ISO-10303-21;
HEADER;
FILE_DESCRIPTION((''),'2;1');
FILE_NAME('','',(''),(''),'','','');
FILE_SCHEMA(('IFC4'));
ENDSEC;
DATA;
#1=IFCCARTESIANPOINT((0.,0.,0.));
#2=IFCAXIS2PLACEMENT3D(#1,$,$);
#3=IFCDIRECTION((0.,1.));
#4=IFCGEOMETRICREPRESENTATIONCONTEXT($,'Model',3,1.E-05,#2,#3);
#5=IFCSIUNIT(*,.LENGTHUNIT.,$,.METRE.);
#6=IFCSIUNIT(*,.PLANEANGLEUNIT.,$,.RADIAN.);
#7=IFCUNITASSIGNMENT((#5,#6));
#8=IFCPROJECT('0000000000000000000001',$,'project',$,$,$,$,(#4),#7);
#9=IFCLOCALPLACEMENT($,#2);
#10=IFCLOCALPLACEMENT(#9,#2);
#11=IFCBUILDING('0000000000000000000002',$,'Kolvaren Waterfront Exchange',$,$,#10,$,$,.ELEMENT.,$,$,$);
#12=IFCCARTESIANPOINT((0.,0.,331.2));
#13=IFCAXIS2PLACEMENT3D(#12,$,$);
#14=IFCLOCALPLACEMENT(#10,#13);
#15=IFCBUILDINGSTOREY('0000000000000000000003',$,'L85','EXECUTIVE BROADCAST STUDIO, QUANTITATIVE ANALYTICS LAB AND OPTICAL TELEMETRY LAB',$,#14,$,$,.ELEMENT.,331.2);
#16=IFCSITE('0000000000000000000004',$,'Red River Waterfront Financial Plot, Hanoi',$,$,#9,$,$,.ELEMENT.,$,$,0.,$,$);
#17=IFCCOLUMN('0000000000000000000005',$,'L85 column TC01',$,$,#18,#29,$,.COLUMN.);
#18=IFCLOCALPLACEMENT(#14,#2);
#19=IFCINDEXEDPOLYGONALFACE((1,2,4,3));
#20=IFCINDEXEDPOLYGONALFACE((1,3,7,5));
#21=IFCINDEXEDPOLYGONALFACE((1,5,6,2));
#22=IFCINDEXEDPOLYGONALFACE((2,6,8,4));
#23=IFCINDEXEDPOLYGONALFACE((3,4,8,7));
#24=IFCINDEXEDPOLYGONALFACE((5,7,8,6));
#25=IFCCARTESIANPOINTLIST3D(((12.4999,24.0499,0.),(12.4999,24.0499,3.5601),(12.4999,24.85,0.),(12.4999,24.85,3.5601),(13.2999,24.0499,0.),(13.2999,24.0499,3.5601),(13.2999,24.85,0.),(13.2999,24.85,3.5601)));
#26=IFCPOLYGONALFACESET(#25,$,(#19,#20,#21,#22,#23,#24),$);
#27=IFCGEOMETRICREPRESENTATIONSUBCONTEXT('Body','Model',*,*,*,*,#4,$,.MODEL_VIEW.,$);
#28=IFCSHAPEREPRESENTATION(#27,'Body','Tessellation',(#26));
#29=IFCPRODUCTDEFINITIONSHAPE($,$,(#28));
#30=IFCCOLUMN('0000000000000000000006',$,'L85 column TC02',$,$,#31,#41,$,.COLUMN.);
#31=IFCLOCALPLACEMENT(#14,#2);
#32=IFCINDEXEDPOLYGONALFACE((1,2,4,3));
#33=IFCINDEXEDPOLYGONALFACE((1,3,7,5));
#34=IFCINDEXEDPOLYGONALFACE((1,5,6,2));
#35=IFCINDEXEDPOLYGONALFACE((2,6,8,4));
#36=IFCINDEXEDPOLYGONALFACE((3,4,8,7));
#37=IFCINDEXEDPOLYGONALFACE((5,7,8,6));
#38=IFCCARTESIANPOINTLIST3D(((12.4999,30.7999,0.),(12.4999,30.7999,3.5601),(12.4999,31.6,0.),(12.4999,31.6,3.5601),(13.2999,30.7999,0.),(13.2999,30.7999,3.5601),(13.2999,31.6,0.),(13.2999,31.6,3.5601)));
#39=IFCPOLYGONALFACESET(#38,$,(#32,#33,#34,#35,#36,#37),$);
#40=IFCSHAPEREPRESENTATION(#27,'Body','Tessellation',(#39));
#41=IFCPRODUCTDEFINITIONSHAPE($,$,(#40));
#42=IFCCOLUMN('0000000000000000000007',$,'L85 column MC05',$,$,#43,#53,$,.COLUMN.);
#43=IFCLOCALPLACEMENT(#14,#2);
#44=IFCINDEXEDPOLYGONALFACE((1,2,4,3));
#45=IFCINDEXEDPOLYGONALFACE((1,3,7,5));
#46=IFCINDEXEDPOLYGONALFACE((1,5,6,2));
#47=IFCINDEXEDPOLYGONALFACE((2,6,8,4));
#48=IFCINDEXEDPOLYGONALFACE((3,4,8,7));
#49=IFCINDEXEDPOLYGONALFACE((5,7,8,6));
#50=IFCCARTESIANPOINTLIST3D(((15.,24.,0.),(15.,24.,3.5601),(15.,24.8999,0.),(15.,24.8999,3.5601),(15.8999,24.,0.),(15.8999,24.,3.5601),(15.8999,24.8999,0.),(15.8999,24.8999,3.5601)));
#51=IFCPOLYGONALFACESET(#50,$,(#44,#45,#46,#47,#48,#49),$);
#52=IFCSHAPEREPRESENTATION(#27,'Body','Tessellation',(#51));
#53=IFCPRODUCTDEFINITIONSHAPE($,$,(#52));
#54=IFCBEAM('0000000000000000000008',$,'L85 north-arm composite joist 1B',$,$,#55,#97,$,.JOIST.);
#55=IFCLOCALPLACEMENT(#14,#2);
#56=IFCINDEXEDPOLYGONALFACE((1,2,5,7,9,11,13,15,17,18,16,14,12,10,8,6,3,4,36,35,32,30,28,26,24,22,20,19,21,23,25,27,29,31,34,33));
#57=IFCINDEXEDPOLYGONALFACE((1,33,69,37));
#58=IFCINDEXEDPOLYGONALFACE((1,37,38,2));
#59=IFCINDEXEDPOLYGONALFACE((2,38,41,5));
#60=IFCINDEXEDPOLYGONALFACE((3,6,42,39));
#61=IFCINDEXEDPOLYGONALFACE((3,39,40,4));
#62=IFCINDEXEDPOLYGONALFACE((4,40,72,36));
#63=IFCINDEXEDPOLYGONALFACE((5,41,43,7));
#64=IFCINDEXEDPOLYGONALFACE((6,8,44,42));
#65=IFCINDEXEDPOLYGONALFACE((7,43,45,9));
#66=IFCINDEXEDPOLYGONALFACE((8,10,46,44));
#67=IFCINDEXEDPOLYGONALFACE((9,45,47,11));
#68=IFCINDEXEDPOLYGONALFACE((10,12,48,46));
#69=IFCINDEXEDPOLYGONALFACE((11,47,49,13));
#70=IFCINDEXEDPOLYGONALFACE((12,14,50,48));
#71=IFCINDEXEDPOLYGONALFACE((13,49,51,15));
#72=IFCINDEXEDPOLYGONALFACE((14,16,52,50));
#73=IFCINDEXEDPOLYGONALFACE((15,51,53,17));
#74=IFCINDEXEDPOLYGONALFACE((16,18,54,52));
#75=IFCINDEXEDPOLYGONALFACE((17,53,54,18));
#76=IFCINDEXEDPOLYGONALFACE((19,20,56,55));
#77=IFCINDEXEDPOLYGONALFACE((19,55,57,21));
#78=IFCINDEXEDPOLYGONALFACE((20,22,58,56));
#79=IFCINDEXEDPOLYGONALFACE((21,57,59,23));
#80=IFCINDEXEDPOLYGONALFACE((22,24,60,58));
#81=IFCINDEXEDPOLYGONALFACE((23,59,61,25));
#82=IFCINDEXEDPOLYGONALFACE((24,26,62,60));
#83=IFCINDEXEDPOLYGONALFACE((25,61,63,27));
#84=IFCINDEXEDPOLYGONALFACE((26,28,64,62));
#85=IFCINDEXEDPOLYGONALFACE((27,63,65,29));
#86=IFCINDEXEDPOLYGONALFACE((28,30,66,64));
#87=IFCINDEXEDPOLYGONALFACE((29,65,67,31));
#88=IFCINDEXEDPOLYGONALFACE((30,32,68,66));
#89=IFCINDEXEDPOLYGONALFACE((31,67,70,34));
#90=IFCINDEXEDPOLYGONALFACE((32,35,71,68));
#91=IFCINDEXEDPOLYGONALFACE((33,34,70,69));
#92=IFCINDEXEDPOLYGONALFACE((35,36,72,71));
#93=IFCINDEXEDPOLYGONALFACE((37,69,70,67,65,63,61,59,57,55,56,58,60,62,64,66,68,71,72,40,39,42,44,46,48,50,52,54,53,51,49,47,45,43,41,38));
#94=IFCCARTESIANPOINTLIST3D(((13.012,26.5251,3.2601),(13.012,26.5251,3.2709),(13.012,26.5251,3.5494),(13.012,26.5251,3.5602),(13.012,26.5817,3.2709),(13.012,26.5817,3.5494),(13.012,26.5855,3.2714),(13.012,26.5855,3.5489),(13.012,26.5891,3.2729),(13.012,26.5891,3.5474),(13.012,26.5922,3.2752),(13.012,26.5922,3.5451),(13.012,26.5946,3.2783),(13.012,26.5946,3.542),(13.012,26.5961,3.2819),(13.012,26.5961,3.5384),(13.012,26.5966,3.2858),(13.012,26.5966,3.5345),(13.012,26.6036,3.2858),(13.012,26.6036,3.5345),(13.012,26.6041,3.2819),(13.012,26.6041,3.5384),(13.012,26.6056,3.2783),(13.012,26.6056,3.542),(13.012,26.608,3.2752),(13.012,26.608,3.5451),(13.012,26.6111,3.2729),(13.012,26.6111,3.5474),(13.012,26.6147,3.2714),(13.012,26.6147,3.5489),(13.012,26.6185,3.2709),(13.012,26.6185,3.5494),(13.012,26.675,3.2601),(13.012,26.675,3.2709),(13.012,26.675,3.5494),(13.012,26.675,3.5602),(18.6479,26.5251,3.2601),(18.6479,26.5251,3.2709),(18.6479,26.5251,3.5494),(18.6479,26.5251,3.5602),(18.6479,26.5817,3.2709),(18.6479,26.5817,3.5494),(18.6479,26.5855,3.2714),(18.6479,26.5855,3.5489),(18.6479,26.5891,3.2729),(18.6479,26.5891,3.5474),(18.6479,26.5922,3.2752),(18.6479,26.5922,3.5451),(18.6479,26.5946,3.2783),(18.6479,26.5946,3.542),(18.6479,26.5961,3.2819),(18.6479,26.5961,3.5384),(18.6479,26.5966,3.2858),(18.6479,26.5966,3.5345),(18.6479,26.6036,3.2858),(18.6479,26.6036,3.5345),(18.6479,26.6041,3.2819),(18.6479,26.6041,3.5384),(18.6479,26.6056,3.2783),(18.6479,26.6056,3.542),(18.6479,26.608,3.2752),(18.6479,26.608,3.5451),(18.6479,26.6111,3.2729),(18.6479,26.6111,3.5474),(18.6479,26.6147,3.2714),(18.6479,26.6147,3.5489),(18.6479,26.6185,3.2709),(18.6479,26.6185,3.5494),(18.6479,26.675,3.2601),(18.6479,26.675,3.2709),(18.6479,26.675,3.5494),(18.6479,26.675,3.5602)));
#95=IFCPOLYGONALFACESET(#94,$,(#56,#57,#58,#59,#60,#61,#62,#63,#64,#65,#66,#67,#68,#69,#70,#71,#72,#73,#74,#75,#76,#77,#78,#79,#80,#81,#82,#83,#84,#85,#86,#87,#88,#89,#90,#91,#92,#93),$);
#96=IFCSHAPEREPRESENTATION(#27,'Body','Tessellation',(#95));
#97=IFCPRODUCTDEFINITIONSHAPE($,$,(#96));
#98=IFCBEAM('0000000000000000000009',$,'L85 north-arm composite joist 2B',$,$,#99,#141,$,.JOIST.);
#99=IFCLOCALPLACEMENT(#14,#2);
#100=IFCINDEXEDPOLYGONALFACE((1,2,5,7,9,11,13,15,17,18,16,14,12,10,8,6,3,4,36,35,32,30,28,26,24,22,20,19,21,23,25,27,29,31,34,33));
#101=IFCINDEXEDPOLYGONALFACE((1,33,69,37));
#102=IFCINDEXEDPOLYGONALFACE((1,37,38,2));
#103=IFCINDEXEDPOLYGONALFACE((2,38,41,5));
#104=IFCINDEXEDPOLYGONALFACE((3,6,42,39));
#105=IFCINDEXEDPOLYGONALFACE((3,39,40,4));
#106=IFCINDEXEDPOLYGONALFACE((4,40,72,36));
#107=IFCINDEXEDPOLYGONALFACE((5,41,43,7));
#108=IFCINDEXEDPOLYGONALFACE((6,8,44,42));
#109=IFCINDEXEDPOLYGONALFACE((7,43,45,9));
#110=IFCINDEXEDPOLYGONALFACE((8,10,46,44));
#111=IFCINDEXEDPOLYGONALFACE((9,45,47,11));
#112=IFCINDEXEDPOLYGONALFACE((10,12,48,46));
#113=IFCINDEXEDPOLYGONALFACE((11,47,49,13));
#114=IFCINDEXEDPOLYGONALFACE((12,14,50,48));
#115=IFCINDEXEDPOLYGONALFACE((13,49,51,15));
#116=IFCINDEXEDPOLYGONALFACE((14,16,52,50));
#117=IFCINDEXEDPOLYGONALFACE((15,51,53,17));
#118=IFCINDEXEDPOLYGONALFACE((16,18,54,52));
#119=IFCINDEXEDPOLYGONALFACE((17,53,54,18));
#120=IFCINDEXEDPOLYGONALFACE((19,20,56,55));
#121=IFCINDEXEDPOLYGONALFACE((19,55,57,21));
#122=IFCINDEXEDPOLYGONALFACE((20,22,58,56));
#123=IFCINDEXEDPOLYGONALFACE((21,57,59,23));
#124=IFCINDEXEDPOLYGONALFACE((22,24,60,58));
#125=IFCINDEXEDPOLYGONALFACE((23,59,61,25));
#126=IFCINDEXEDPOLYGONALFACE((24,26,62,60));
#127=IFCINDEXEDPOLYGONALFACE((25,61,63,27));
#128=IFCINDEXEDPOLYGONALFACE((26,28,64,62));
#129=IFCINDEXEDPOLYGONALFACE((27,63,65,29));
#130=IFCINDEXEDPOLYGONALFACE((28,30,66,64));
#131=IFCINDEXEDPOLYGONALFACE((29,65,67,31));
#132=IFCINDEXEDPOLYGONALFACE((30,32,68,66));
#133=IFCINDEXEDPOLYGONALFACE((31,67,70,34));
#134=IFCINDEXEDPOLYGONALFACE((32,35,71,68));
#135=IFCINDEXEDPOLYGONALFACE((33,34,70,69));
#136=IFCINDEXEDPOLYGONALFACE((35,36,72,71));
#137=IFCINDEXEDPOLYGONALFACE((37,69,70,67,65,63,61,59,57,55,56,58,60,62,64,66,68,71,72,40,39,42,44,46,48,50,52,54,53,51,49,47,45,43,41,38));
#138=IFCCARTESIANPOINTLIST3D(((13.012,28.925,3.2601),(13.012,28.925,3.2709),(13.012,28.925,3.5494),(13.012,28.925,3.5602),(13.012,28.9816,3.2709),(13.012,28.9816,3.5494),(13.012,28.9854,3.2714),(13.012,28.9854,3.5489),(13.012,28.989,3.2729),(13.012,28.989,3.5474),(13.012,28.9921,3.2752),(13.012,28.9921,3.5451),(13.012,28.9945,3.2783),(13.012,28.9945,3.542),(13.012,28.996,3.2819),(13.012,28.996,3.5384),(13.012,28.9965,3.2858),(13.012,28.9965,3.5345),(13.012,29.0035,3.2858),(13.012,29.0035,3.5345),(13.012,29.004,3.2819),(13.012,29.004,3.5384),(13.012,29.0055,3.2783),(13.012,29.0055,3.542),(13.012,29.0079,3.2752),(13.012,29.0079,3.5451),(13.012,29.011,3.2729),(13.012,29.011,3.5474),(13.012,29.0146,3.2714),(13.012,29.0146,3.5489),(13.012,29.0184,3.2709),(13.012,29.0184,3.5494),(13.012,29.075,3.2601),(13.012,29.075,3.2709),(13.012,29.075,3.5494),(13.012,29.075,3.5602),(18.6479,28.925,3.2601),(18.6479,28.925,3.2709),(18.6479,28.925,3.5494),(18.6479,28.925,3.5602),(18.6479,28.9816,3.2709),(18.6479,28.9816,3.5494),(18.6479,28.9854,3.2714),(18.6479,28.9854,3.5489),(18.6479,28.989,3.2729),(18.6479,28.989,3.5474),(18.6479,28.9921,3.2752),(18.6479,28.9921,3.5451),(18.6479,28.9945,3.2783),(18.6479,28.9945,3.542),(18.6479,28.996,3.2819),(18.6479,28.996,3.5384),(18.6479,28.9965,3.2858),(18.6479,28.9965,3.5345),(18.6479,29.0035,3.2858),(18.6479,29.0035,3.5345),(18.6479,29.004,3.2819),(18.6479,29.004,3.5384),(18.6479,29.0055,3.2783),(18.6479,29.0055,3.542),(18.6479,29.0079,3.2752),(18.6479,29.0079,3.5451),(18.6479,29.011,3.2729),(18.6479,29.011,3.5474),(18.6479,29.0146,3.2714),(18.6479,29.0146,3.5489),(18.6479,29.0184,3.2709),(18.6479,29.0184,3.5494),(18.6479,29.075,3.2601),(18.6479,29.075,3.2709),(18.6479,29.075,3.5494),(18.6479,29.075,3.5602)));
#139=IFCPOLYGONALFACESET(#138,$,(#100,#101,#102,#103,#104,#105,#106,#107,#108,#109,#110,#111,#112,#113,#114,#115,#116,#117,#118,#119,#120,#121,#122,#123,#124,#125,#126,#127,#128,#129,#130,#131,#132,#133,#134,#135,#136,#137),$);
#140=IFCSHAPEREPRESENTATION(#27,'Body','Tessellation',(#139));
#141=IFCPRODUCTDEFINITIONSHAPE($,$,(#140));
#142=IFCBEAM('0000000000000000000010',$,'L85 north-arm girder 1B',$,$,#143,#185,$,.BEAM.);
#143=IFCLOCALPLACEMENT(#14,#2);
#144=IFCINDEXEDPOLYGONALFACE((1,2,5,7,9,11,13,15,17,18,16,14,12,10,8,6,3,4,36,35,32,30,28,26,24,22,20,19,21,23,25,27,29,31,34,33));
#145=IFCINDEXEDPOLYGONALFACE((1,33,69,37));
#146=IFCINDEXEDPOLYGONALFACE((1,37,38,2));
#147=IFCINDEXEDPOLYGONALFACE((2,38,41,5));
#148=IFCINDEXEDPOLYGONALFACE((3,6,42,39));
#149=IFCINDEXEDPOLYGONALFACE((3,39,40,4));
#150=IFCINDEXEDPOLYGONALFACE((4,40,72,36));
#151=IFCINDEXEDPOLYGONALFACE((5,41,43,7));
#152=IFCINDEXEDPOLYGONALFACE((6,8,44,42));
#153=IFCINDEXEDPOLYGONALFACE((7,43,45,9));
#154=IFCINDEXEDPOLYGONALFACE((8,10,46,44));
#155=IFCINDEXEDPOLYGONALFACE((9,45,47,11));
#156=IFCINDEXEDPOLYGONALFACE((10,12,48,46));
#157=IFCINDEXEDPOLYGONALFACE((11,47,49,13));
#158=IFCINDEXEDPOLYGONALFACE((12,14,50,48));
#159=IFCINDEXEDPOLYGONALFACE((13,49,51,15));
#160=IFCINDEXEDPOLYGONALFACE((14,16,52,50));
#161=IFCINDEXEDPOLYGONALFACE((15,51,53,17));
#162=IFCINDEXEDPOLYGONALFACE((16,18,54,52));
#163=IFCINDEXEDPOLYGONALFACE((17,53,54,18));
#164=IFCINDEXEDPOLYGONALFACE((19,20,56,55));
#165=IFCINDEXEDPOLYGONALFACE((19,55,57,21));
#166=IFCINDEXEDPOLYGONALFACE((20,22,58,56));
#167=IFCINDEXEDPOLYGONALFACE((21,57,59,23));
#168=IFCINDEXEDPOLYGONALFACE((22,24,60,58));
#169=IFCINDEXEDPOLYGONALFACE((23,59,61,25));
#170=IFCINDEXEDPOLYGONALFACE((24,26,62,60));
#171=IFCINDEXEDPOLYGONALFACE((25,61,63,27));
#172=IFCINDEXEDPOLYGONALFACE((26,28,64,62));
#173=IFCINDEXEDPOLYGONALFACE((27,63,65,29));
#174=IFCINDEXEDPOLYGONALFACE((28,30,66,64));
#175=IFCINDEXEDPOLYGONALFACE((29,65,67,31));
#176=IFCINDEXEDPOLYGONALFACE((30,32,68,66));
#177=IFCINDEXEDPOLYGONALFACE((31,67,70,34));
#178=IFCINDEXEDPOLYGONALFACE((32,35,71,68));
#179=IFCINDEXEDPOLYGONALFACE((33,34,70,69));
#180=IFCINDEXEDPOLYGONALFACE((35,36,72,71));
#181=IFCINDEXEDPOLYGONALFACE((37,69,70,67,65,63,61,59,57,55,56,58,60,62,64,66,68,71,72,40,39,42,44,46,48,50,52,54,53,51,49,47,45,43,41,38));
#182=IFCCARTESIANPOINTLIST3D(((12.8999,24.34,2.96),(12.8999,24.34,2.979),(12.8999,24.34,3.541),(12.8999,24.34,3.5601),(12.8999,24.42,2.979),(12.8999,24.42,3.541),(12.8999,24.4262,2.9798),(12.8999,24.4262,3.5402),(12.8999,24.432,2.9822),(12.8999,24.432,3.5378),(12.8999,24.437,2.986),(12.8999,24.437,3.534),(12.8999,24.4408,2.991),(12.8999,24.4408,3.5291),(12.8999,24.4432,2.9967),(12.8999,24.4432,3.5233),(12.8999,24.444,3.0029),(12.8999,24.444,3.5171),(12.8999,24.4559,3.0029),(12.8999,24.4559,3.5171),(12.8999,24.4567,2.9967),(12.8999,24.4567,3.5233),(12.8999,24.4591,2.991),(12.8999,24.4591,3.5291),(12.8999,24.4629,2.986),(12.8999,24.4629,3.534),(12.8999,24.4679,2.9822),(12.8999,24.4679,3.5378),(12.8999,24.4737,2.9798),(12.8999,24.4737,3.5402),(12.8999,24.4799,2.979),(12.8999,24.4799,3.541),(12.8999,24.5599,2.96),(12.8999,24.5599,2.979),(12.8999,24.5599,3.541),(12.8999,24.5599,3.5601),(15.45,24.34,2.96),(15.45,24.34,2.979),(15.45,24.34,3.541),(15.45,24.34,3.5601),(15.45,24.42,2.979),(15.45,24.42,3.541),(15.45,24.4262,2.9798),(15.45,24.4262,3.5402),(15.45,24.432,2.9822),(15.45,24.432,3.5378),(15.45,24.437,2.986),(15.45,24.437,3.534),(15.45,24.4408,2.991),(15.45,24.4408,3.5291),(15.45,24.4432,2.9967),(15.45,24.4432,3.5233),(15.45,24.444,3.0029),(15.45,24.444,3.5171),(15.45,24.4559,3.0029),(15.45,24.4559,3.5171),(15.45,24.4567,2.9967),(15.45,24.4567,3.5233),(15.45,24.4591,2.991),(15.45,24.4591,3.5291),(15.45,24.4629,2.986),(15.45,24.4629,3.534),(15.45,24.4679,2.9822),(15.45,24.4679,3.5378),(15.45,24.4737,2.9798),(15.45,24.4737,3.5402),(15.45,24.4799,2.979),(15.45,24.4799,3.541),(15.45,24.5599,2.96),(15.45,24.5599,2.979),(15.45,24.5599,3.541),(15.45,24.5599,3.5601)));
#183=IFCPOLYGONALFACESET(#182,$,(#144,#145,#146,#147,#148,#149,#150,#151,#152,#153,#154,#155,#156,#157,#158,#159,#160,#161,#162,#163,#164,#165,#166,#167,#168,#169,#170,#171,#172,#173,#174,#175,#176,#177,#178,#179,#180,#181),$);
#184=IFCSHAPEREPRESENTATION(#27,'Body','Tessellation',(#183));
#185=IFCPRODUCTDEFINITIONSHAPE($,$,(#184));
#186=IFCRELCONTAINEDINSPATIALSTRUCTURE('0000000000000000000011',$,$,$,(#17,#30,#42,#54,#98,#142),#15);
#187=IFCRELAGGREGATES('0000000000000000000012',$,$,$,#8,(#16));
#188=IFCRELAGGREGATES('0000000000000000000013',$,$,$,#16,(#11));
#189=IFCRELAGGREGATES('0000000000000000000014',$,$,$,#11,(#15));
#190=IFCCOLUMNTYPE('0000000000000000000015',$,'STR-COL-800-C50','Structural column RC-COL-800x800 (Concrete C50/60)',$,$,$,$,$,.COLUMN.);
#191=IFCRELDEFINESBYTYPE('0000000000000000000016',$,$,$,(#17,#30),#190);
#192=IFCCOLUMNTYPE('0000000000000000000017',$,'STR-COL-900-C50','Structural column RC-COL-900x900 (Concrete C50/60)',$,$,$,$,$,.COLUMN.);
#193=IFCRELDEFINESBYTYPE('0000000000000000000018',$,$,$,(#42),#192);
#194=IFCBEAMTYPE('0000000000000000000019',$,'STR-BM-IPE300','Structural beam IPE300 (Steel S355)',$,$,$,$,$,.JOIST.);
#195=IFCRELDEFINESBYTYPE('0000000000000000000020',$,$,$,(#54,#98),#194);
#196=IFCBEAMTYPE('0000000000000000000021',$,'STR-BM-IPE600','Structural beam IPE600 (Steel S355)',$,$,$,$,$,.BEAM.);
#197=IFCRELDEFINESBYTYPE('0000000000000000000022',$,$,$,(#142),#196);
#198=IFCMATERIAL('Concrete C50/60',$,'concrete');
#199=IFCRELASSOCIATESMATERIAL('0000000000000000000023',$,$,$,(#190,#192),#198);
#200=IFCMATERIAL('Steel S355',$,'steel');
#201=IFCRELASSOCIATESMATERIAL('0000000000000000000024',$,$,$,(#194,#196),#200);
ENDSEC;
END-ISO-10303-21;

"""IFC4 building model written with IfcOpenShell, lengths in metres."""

from ifc_helpers import new_model, si_unit, direction, frame, origin, origin_2d, place, context, subcontext, project, spatial, rectangle, i_section, extrude, material, material_profile, profile_set, type_object, element, save


model = new_model("IFC4")

# Units and contexts
model_context = context("Model", 3, precision=1e-05, world=origin(), true_north=direction((0.0, 1.0)))
body_context = subcontext(model_context, "Body", "Model", "MODEL_VIEW")
ifc_project = project(units=[si_unit("LENGTHUNIT", "METRE"), si_unit("PLANEANGLEUNIT", "RADIAN")], contexts=[model_context])

# Site, building, storey
site_placement = place(None, origin())
site = spatial("IfcSite", under=ifc_project, at=site_placement, Name="Red River Waterfront Financial Plot, Hanoi", CompositionType="ELEMENT", RefElevation=0.0)
building_placement = place(site_placement, origin())
building = spatial("IfcBuilding", under=site, at=building_placement, Name="Kolvaren Waterfront Exchange", CompositionType="ELEMENT")
storey_placement = place(building_placement, frame((0.0, 0.0, 331.2)))
storey = spatial("IfcBuildingStorey", under=building, at=storey_placement, Name="L85", Description="EXECUTIVE BROADCAST STUDIO, QUANTITATIVE ANALYTICS LAB AND OPTICAL TELEMETRY LAB", CompositionType="ELEMENT", Elevation=331.2)

# Columns
ifc_material_1 = material(Name="Concrete C50/60", Category="concrete")
ifc_material_profile_1 = material_profile(ifc_material_1, rectangle(XDim=0.8, YDim=0.8, at=origin_2d()), Name="RC-COL-800x800")
ifc_profile_set_1 = profile_set([ifc_material_profile_1], Name="Concrete C50/60")
column_type_1 = type_object("IfcColumnType", Name="STR-COL-800-C50", Description="Structural column RC-COL-800x800 (Concrete C50/60)", PredefinedType="COLUMN", material=ifc_profile_set_1)
for number, where, z_axis, x_axis, name in (
    (1, (12.8999, 24.45, 0.0), (0.0, 0.0, 1.0), (1.0, 0.0, 0.0), "L85 column TC01"),
    (2, (12.8999, 31.2, 0.0), (0.0, 0.0, 1.0), (1.0, 0.0, 0.0), "L85 column TC02"),
):
    element("IfcColumn", number, at=place(storey_placement, frame(where, z_axis=z_axis, x_axis=x_axis)), inside=storey, type_object=column_type_1, Name=name, PredefinedType="COLUMN", context=body_context, shape_type="SweptSolid", body=[
        extrude(rectangle(XDim=0.8, YDim=0.8, at=origin_2d()), origin(), (0.0, 0.0, 1.0), 3.5601),
    ])
ifc_material_profile_2 = material_profile(ifc_material_1, rectangle(XDim=0.8999, YDim=0.8999, at=origin_2d()), Name="RC-COL-900x900")
ifc_profile_set_2 = profile_set([ifc_material_profile_2], Name="Concrete C50/60")
column_type_2 = type_object("IfcColumnType", Name="STR-COL-900-C50", Description="Structural column RC-COL-900x900 (Concrete C50/60)", PredefinedType="COLUMN", material=ifc_profile_set_2)
column_placement = place(storey_placement, frame((15.45, 24.45, 0.0), z_axis=(0.0, 0.0, 1.0), x_axis=(1.0, 0.0, 0.0)))
element("IfcColumn", 3, at=column_placement, inside=storey, type_object=column_type_2, Name="L85 column MC05", PredefinedType="COLUMN", context=body_context, shape_type="SweptSolid", body=[
    extrude(rectangle(XDim=0.8999, YDim=0.8999, at=origin_2d()), origin(), (0.0, 0.0, 1.0), 3.5601),
])

# Beams
ifc_material_2 = material(Name="Steel S355", Category="steel")
ifc_material_profile_3 = material_profile(ifc_material_2, i_section(OverallWidth=0.1499, OverallDepth=0.3, WebThickness=0.0071, FlangeThickness=0.0107, FilletRadius=0.0149, at=origin_2d()), Name="IPE300")
ifc_profile_set_3 = profile_set([ifc_material_profile_3], Name="Steel S355")
beam_type_1 = type_object("IfcBeamType", Name="STR-BM-IPE300", Description="Structural beam IPE300 (Steel S355)", PredefinedType="JOIST", material=ifc_profile_set_3)
for number, where, z_axis, x_axis, name in (
    (4, (13.012, 26.6001, 3.4102), (1.0, 0.0, 0.0), (0.0, 1.0, 0.0), "L85 north-arm composite joist 1B"),
    (5, (13.012, 29.0, 3.4102), (1.0, 0.0, 0.0), (0.0, 1.0, 0.0), "L85 north-arm composite joist 2B"),
):
    element("IfcBeam", number, at=place(storey_placement, frame(where, z_axis=z_axis, x_axis=x_axis)), inside=storey, type_object=beam_type_1, Name=name, PredefinedType="JOIST", context=body_context, shape_type="SweptSolid", body=[
        extrude(i_section(OverallWidth=0.1499, OverallDepth=0.3, WebThickness=0.0071, FlangeThickness=0.0107, FilletRadius=0.0149, at=origin_2d()), origin(), (0.0, 0.0, 1.0), 5.636),
    ])
ifc_material_profile_4 = material_profile(ifc_material_2, i_section(OverallWidth=0.22, OverallDepth=0.6001, WebThickness=0.012, FlangeThickness=0.019, FilletRadius=0.0239, at=origin_2d()), Name="IPE600")
ifc_profile_set_4 = profile_set([ifc_material_profile_4], Name="Steel S355")
beam_type_2 = type_object("IfcBeamType", Name="STR-BM-IPE600", Description="Structural beam IPE600 (Steel S355)", PredefinedType="BEAM", material=ifc_profile_set_4)
beam_1_placement = place(storey_placement, frame((12.8999, 24.45, 3.26), z_axis=(1.0, 0.0, 0.0), x_axis=(0.0, 1.0, 0.0)))
element("IfcBeam", 6, at=beam_1_placement, inside=storey, type_object=beam_type_2, Name="L85 north-arm girder 1B", PredefinedType="BEAM", context=body_context, shape_type="SweptSolid", body=[
    extrude(i_section(OverallWidth=0.22, OverallDepth=0.6001, WebThickness=0.012, FlangeThickness=0.019, FilletRadius=0.0239, at=origin_2d()), origin(), (0.0, 0.0, 1.0), 2.55),
])

save(model, "model.ifc")
